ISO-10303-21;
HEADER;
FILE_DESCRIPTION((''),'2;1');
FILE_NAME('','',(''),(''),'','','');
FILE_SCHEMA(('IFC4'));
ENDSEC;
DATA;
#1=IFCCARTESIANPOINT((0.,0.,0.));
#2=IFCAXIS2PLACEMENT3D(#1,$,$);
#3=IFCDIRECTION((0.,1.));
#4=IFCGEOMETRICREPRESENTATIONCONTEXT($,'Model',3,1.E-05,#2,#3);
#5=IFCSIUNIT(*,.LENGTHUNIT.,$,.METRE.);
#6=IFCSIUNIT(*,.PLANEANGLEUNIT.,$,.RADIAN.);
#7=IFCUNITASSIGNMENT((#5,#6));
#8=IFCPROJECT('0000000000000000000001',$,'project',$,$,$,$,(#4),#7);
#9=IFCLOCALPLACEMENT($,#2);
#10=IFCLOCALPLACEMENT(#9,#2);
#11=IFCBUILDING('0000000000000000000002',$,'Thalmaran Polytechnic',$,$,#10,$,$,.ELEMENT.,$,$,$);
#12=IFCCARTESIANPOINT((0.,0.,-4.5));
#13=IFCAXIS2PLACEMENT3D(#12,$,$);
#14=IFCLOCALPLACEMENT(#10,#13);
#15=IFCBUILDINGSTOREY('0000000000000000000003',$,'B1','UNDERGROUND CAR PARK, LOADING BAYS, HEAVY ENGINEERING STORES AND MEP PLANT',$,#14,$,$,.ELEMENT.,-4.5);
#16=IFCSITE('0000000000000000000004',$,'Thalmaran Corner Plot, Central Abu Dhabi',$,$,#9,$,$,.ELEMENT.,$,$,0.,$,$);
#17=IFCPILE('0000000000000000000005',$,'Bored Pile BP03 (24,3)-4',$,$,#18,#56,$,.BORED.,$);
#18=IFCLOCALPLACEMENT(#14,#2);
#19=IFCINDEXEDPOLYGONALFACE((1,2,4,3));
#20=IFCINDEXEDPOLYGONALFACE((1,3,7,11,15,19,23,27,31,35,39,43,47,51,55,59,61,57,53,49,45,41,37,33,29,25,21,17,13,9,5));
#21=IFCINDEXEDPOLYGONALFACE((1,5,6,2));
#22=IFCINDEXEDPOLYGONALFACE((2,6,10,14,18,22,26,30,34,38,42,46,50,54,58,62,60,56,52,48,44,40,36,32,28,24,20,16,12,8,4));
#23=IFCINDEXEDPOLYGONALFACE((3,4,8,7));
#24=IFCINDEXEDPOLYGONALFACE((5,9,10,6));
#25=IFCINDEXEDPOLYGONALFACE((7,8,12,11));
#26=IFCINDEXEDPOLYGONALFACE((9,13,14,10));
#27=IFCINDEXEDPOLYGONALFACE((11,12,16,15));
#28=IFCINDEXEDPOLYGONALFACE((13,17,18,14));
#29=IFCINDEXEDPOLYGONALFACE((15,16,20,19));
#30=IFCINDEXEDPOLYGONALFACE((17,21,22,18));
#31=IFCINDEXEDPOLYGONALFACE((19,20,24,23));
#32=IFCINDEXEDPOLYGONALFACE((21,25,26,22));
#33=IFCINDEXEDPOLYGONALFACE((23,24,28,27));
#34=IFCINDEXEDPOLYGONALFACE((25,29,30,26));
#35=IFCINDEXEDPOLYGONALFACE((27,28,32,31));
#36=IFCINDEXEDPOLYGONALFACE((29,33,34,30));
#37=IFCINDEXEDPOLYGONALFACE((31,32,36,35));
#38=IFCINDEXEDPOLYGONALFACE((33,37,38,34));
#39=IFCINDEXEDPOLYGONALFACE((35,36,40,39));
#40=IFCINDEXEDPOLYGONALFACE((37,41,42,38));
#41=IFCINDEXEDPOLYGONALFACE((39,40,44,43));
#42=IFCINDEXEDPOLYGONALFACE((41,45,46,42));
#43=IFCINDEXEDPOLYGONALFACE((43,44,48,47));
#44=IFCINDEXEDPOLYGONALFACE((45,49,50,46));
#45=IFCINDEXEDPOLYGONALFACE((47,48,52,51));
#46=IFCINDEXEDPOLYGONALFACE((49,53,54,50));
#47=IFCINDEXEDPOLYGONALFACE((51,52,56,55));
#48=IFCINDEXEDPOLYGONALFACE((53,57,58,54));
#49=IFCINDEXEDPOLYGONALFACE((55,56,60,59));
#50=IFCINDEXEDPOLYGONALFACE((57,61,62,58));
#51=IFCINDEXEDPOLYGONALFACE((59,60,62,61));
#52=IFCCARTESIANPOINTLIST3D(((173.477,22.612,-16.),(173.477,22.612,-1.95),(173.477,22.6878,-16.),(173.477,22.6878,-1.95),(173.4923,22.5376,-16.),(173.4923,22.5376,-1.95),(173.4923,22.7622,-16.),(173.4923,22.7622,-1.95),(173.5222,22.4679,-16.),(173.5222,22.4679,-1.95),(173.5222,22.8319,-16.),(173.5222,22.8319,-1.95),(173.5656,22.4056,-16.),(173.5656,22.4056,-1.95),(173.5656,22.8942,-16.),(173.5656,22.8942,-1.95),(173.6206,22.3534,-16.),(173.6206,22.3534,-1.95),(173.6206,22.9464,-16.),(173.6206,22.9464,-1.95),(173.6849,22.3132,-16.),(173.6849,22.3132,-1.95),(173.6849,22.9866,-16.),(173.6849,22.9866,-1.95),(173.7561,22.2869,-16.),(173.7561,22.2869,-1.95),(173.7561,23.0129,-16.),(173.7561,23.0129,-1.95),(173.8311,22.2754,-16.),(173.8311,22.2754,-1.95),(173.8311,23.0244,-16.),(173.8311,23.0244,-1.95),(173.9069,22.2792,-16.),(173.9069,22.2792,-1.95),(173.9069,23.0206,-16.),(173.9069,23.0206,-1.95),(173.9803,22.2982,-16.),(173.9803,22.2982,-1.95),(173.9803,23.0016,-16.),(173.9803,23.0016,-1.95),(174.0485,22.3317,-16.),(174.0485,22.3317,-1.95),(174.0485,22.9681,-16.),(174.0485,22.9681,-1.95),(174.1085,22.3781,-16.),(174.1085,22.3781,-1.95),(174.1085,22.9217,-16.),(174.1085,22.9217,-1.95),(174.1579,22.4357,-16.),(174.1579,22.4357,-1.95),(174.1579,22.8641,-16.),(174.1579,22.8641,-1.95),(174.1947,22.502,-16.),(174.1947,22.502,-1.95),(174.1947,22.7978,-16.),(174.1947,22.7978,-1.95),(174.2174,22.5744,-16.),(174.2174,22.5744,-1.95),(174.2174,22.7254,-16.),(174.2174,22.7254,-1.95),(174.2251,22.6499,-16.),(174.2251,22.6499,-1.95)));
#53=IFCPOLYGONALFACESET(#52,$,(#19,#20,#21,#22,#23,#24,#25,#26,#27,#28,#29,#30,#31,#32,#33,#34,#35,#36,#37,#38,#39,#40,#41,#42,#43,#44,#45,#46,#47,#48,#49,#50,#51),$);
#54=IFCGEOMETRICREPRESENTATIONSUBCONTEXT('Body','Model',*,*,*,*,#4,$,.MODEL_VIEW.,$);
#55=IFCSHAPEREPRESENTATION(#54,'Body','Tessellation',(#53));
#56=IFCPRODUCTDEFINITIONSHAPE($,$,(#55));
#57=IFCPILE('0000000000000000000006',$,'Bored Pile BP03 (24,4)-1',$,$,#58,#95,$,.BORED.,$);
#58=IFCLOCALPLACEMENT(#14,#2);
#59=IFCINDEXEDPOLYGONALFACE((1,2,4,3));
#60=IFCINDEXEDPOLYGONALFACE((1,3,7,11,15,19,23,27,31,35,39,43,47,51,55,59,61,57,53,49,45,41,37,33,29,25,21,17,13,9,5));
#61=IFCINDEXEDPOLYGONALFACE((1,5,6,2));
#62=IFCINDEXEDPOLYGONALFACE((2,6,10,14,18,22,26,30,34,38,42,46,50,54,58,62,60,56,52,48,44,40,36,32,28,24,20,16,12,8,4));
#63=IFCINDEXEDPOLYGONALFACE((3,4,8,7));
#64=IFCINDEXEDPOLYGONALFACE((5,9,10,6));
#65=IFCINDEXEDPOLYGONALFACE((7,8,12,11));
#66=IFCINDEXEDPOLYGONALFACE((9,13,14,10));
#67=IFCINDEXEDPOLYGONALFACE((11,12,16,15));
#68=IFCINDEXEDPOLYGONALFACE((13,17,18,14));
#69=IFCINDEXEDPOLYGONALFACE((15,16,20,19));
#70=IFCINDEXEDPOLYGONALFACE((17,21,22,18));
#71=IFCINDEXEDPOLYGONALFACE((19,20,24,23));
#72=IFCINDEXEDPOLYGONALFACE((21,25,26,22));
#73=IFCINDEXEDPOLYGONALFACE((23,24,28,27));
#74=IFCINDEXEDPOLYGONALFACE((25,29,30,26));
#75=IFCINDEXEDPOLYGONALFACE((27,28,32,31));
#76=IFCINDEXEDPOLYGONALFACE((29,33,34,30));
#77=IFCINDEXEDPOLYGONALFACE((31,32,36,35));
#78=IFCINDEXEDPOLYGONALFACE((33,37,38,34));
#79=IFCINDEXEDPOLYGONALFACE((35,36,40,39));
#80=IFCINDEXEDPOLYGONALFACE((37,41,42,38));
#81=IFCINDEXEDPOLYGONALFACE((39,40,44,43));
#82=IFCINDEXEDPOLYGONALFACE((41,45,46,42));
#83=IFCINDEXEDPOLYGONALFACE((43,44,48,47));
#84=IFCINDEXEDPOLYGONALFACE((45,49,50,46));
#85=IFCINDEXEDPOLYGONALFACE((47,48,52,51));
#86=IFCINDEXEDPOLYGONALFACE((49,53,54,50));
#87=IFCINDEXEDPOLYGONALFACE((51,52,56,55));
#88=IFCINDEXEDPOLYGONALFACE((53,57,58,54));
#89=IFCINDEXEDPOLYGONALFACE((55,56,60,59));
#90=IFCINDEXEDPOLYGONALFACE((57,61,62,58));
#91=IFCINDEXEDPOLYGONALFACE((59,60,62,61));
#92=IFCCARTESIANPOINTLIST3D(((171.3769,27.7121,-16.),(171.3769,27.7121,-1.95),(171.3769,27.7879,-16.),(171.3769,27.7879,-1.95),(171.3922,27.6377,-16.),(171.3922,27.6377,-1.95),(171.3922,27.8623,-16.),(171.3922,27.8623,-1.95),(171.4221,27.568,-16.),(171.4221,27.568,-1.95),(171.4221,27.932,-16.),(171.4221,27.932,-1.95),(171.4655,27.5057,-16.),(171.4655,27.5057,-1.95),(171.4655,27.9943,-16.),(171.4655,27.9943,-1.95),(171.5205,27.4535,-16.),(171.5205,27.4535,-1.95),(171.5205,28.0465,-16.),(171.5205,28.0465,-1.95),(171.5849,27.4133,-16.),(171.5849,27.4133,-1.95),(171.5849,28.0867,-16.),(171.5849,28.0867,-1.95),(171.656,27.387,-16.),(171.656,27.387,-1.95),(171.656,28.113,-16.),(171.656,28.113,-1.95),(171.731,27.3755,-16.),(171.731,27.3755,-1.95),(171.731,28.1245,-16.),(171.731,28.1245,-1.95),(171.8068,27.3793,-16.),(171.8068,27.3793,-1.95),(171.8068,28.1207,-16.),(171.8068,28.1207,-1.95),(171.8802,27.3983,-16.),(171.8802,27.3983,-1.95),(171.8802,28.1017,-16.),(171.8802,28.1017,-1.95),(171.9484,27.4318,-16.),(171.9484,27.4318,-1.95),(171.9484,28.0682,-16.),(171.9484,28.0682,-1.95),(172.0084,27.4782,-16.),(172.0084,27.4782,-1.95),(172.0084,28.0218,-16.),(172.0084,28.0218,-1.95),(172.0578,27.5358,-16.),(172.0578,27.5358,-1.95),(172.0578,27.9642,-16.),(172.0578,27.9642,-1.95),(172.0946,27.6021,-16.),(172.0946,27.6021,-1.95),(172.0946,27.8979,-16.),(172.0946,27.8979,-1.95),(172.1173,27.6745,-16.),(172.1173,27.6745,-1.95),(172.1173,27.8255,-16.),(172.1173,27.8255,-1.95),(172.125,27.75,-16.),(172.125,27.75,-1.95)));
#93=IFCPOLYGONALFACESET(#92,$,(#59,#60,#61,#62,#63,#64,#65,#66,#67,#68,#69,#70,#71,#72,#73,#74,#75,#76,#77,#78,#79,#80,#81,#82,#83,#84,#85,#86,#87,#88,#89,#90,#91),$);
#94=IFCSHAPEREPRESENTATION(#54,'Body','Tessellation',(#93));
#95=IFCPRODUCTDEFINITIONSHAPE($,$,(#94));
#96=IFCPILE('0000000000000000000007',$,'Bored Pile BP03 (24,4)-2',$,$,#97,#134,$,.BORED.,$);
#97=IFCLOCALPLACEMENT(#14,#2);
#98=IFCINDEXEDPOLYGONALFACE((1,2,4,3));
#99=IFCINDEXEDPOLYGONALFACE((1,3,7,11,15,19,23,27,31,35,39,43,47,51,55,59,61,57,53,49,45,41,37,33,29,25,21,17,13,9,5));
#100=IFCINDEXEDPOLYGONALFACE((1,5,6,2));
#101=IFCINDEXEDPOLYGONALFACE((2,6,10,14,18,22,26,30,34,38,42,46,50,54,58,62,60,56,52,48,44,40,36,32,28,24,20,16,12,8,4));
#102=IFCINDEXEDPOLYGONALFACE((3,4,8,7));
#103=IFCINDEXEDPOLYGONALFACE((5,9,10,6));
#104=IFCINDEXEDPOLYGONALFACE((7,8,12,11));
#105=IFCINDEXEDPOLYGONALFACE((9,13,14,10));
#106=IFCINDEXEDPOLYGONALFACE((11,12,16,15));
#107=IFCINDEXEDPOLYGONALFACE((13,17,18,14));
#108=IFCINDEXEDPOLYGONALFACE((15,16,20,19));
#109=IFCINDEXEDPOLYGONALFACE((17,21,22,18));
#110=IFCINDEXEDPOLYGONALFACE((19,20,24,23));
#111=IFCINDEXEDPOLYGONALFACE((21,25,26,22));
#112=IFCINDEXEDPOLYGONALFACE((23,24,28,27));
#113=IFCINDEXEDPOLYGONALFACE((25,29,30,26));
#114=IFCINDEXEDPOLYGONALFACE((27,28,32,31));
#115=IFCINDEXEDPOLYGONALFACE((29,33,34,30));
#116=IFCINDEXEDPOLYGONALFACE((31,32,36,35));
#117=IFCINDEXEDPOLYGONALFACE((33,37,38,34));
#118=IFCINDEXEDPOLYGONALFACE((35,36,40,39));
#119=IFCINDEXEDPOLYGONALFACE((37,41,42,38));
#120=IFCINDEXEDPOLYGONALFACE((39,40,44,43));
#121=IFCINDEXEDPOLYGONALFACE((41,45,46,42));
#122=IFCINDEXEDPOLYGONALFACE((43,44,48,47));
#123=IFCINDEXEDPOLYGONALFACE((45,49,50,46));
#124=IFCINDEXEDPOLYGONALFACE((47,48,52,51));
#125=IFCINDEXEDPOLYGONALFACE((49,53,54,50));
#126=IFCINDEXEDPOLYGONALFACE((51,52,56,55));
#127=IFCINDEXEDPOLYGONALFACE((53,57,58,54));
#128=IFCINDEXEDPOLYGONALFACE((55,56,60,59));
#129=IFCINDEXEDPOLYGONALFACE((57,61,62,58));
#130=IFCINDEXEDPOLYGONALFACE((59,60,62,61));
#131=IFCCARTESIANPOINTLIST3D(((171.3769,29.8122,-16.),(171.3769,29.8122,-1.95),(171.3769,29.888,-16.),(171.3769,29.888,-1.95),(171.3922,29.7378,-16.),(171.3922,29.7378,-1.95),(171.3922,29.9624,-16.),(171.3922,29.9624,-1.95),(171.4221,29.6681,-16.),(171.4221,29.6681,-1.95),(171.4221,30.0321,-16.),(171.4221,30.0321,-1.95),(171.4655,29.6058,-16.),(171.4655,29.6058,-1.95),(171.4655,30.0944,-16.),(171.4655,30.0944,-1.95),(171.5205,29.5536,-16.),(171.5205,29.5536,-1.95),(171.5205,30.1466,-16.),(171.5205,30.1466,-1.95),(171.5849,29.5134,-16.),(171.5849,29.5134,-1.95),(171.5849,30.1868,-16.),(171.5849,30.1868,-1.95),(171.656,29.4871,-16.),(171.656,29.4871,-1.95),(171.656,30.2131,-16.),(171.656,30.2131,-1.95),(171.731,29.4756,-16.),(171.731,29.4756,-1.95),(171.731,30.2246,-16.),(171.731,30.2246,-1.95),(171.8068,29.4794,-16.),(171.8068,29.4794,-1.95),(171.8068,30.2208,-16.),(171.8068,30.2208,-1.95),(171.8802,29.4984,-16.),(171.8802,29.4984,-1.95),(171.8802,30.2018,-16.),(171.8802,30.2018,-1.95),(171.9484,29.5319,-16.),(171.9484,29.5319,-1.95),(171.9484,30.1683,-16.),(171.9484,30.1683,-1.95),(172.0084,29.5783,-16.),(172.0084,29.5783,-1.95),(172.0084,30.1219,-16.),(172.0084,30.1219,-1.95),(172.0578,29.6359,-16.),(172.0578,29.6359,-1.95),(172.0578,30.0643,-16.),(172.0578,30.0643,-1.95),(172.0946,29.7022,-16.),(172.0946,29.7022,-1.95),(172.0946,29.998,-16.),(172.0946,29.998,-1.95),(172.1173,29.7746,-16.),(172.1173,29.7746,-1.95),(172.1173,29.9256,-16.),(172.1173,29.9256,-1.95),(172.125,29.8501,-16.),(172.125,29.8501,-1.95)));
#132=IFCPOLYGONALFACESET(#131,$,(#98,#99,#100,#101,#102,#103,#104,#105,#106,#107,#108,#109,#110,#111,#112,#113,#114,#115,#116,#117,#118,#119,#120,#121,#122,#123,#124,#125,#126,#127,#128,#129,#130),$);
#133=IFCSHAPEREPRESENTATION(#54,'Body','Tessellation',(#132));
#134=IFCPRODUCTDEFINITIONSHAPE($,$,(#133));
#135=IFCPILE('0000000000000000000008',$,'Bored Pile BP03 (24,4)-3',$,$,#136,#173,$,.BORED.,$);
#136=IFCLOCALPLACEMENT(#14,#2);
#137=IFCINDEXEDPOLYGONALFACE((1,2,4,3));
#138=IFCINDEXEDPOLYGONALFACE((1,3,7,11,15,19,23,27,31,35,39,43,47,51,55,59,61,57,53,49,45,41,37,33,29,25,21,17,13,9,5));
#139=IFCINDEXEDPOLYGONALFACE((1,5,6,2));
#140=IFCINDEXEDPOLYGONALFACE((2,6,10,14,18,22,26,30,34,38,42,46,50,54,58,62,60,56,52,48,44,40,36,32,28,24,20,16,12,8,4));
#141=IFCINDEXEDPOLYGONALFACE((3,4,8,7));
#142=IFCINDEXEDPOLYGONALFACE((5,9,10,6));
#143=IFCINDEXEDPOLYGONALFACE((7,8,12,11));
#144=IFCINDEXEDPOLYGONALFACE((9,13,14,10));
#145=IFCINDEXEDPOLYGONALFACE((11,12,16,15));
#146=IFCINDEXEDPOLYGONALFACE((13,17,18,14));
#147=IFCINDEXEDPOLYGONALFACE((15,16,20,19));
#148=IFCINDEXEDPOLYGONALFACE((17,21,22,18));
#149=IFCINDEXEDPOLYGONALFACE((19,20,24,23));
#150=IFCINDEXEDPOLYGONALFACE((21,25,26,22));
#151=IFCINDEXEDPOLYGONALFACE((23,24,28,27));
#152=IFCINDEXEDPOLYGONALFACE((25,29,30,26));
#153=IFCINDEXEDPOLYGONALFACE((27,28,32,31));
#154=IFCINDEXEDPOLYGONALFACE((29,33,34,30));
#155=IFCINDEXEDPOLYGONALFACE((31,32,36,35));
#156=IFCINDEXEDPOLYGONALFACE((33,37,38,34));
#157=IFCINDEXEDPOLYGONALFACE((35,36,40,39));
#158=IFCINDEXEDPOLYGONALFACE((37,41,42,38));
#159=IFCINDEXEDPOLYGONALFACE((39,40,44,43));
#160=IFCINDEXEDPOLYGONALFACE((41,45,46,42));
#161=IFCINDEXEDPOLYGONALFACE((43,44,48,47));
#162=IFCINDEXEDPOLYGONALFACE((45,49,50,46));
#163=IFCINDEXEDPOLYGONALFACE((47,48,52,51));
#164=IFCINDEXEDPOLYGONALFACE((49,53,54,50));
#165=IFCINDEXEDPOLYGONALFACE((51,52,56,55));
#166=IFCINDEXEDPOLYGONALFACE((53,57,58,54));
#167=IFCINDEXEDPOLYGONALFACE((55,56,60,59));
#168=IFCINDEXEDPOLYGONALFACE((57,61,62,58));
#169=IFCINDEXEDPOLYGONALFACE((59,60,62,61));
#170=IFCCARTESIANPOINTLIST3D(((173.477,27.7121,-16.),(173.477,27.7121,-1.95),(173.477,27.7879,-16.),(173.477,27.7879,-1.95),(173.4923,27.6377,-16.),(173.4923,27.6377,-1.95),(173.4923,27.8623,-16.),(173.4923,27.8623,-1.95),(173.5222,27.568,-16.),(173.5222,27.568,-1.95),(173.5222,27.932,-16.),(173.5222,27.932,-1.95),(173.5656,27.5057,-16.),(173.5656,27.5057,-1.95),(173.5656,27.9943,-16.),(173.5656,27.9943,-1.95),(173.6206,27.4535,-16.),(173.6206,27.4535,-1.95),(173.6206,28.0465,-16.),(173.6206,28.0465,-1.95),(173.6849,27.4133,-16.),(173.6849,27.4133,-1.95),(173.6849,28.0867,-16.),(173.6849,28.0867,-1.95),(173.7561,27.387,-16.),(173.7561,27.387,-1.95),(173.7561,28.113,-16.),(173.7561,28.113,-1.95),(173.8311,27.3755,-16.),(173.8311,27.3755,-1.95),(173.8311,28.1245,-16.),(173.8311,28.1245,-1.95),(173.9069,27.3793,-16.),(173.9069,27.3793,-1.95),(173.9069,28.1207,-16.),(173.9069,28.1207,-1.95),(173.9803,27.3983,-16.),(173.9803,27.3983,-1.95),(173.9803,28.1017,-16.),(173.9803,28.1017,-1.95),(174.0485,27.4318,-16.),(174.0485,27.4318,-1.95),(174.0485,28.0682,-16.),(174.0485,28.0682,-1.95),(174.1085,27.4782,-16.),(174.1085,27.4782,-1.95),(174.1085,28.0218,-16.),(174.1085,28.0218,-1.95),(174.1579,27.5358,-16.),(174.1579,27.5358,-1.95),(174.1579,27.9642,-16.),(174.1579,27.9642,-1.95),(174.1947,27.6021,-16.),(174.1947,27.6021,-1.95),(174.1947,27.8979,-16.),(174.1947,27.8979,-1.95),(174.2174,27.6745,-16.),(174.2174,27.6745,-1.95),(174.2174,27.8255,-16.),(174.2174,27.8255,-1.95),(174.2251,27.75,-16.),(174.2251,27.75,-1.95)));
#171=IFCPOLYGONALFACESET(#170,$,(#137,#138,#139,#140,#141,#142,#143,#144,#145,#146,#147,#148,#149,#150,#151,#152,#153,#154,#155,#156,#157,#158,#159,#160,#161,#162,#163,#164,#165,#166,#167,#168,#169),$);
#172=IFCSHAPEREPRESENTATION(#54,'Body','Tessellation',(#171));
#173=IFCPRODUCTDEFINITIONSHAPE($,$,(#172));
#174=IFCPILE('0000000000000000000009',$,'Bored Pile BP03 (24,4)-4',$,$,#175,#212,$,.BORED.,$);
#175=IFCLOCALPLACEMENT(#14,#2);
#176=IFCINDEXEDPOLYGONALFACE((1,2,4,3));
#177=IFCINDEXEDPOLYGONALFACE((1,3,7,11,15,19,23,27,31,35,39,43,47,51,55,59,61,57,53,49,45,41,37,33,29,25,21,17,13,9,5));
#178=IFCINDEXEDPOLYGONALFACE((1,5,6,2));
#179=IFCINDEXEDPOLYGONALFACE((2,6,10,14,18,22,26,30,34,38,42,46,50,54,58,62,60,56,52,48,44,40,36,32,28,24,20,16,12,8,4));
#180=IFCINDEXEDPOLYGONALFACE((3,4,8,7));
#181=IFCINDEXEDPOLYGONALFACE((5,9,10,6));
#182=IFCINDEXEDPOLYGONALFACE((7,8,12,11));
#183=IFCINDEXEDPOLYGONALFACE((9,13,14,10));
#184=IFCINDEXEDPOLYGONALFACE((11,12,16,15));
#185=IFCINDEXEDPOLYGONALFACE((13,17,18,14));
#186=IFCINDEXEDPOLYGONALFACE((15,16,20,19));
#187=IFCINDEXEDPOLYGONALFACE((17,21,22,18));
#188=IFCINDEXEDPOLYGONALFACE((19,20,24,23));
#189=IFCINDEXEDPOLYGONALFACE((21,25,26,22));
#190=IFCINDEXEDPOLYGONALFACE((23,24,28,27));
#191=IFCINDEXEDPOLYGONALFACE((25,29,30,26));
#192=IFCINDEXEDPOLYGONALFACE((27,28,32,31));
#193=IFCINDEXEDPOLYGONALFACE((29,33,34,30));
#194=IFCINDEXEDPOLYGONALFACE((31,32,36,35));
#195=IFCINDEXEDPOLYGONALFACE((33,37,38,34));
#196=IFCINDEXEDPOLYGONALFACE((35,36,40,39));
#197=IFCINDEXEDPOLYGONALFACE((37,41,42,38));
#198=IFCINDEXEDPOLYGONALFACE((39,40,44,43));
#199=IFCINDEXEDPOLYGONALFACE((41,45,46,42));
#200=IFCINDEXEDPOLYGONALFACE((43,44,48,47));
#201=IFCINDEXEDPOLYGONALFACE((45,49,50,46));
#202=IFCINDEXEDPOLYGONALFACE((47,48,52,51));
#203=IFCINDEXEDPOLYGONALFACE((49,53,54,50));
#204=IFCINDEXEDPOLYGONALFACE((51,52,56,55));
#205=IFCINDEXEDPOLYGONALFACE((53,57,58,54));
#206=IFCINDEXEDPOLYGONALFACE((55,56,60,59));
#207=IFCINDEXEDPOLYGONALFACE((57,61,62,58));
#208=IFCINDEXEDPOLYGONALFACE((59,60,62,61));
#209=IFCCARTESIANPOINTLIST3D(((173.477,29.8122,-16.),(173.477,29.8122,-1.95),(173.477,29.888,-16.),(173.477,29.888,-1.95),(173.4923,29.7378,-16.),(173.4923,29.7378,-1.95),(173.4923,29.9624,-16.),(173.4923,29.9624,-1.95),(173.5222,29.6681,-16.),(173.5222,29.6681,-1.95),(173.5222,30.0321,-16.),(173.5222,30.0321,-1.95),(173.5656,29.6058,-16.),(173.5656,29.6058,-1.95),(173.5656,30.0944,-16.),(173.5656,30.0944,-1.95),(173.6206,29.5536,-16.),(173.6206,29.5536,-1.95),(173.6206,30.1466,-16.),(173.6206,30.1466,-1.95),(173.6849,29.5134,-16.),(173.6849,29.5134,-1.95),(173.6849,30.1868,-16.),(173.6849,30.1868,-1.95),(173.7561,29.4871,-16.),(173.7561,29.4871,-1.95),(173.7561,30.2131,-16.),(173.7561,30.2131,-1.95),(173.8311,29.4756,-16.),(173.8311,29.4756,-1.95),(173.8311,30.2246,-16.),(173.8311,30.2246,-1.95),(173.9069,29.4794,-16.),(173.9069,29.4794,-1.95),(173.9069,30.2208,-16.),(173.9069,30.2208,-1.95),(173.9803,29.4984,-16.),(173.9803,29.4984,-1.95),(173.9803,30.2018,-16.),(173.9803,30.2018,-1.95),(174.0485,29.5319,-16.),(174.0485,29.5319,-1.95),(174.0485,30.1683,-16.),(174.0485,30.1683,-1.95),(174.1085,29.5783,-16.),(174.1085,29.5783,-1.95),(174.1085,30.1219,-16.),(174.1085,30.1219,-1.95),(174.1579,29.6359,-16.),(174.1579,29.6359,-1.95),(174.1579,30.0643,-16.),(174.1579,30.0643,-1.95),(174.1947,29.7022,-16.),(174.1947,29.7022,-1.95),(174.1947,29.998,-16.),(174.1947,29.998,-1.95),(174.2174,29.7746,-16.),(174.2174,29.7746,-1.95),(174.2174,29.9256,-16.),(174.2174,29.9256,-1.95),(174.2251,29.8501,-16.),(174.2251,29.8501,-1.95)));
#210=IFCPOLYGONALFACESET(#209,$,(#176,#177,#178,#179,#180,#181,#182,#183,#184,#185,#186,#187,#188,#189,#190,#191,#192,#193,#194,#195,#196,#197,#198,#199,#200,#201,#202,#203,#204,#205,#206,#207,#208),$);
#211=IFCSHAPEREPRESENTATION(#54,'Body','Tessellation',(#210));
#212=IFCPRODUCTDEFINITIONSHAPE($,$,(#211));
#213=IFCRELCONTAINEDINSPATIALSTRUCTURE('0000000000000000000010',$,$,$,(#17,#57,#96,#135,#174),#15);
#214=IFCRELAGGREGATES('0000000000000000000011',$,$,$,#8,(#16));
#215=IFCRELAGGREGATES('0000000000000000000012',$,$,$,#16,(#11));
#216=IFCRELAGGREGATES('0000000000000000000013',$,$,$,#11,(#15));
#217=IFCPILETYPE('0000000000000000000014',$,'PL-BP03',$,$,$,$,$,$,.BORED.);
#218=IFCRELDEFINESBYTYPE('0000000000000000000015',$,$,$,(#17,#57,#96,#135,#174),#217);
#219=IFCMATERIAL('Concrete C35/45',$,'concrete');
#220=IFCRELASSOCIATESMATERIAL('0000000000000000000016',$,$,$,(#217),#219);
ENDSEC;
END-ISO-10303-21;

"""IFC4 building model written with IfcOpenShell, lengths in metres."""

from ifc_helpers import new_model, si_unit, direction, frame, origin, origin_2d, place, context, subcontext, project, spatial, circle, extrude, material, material_profile, profile_set, type_object, element, save


model = new_model("IFC4")

# Units and contexts
model_context = context("Model", 3, precision=1e-05, world=origin(), true_north=direction((0.0, 1.0)))
body_context = subcontext(model_context, "Body", "Model", "MODEL_VIEW")
ifc_project = project(units=[si_unit("LENGTHUNIT", "METRE"), si_unit("PLANEANGLEUNIT", "RADIAN")], contexts=[model_context])

# Site, building, storey
site_placement = place(None, origin())
site = spatial("IfcSite", under=ifc_project, at=site_placement, Name="Thalmaran Corner Plot, Central Abu Dhabi", CompositionType="ELEMENT", RefElevation=0.0)
building_placement = place(site_placement, origin())
building = spatial("IfcBuilding", under=site, at=building_placement, Name="Thalmaran Polytechnic", CompositionType="ELEMENT")
storey_placement = place(building_placement, frame((0.0, 0.0, -4.5)))
storey = spatial("IfcBuildingStorey", under=building, at=storey_placement, Name="B1", Description="UNDERGROUND CAR PARK, LOADING BAYS, HEAVY ENGINEERING STORES AND MEP PLANT", CompositionType="ELEMENT", Elevation=-4.5)

# Piles
ifc_material_1 = material(Name="Concrete C35/45", Category="concrete")
ifc_material_profile_1 = material_profile(ifc_material_1, circle(Radius=0.375, at=origin_2d()), Name="RC 750 DIA")
ifc_profile_set_1 = profile_set([ifc_material_profile_1], Name="Concrete C35/45")
pile_type = type_object("IfcPileType", Name="PL-BP03", PredefinedType="BORED", material=ifc_profile_set_1)
for number, where, z_axis, x_axis, name in (
    (1, (173.8501, 22.6499, -1.95), (0.0, 0.0, -1.0), (1.0, 0.0, 0.0), "Bored Pile BP03 (24,3)-4"),
    (2, (171.75, 27.75, -1.95), (0.0, 0.0, -1.0), (1.0, 0.0, 0.0), "Bored Pile BP03 (24,4)-1"),
    (3, (171.75, 29.8501, -1.95), (0.0, 0.0, -1.0), (1.0, 0.0, 0.0), "Bored Pile BP03 (24,4)-2"),
    (4, (173.8501, 27.75, -1.95), (0.0, 0.0, -1.0), (1.0, 0.0, 0.0), "Bored Pile BP03 (24,4)-3"),
    (5, (173.8501, 29.8501, -1.95), (0.0, 0.0, -1.0), (1.0, 0.0, 0.0), "Bored Pile BP03 (24,4)-4"),
):
    element("IfcPile", number, at=place(storey_placement, frame(where, z_axis=z_axis, x_axis=x_axis)), inside=storey, type_object=pile_type, Name=name, PredefinedType="BORED", context=body_context, shape_type="SweptSolid", body=[
        extrude(circle(Radius=0.375, at=origin_2d()), origin(), (0.0, 0.0, 1.0), 14.05),
    ])

save(model, "model.ifc")
